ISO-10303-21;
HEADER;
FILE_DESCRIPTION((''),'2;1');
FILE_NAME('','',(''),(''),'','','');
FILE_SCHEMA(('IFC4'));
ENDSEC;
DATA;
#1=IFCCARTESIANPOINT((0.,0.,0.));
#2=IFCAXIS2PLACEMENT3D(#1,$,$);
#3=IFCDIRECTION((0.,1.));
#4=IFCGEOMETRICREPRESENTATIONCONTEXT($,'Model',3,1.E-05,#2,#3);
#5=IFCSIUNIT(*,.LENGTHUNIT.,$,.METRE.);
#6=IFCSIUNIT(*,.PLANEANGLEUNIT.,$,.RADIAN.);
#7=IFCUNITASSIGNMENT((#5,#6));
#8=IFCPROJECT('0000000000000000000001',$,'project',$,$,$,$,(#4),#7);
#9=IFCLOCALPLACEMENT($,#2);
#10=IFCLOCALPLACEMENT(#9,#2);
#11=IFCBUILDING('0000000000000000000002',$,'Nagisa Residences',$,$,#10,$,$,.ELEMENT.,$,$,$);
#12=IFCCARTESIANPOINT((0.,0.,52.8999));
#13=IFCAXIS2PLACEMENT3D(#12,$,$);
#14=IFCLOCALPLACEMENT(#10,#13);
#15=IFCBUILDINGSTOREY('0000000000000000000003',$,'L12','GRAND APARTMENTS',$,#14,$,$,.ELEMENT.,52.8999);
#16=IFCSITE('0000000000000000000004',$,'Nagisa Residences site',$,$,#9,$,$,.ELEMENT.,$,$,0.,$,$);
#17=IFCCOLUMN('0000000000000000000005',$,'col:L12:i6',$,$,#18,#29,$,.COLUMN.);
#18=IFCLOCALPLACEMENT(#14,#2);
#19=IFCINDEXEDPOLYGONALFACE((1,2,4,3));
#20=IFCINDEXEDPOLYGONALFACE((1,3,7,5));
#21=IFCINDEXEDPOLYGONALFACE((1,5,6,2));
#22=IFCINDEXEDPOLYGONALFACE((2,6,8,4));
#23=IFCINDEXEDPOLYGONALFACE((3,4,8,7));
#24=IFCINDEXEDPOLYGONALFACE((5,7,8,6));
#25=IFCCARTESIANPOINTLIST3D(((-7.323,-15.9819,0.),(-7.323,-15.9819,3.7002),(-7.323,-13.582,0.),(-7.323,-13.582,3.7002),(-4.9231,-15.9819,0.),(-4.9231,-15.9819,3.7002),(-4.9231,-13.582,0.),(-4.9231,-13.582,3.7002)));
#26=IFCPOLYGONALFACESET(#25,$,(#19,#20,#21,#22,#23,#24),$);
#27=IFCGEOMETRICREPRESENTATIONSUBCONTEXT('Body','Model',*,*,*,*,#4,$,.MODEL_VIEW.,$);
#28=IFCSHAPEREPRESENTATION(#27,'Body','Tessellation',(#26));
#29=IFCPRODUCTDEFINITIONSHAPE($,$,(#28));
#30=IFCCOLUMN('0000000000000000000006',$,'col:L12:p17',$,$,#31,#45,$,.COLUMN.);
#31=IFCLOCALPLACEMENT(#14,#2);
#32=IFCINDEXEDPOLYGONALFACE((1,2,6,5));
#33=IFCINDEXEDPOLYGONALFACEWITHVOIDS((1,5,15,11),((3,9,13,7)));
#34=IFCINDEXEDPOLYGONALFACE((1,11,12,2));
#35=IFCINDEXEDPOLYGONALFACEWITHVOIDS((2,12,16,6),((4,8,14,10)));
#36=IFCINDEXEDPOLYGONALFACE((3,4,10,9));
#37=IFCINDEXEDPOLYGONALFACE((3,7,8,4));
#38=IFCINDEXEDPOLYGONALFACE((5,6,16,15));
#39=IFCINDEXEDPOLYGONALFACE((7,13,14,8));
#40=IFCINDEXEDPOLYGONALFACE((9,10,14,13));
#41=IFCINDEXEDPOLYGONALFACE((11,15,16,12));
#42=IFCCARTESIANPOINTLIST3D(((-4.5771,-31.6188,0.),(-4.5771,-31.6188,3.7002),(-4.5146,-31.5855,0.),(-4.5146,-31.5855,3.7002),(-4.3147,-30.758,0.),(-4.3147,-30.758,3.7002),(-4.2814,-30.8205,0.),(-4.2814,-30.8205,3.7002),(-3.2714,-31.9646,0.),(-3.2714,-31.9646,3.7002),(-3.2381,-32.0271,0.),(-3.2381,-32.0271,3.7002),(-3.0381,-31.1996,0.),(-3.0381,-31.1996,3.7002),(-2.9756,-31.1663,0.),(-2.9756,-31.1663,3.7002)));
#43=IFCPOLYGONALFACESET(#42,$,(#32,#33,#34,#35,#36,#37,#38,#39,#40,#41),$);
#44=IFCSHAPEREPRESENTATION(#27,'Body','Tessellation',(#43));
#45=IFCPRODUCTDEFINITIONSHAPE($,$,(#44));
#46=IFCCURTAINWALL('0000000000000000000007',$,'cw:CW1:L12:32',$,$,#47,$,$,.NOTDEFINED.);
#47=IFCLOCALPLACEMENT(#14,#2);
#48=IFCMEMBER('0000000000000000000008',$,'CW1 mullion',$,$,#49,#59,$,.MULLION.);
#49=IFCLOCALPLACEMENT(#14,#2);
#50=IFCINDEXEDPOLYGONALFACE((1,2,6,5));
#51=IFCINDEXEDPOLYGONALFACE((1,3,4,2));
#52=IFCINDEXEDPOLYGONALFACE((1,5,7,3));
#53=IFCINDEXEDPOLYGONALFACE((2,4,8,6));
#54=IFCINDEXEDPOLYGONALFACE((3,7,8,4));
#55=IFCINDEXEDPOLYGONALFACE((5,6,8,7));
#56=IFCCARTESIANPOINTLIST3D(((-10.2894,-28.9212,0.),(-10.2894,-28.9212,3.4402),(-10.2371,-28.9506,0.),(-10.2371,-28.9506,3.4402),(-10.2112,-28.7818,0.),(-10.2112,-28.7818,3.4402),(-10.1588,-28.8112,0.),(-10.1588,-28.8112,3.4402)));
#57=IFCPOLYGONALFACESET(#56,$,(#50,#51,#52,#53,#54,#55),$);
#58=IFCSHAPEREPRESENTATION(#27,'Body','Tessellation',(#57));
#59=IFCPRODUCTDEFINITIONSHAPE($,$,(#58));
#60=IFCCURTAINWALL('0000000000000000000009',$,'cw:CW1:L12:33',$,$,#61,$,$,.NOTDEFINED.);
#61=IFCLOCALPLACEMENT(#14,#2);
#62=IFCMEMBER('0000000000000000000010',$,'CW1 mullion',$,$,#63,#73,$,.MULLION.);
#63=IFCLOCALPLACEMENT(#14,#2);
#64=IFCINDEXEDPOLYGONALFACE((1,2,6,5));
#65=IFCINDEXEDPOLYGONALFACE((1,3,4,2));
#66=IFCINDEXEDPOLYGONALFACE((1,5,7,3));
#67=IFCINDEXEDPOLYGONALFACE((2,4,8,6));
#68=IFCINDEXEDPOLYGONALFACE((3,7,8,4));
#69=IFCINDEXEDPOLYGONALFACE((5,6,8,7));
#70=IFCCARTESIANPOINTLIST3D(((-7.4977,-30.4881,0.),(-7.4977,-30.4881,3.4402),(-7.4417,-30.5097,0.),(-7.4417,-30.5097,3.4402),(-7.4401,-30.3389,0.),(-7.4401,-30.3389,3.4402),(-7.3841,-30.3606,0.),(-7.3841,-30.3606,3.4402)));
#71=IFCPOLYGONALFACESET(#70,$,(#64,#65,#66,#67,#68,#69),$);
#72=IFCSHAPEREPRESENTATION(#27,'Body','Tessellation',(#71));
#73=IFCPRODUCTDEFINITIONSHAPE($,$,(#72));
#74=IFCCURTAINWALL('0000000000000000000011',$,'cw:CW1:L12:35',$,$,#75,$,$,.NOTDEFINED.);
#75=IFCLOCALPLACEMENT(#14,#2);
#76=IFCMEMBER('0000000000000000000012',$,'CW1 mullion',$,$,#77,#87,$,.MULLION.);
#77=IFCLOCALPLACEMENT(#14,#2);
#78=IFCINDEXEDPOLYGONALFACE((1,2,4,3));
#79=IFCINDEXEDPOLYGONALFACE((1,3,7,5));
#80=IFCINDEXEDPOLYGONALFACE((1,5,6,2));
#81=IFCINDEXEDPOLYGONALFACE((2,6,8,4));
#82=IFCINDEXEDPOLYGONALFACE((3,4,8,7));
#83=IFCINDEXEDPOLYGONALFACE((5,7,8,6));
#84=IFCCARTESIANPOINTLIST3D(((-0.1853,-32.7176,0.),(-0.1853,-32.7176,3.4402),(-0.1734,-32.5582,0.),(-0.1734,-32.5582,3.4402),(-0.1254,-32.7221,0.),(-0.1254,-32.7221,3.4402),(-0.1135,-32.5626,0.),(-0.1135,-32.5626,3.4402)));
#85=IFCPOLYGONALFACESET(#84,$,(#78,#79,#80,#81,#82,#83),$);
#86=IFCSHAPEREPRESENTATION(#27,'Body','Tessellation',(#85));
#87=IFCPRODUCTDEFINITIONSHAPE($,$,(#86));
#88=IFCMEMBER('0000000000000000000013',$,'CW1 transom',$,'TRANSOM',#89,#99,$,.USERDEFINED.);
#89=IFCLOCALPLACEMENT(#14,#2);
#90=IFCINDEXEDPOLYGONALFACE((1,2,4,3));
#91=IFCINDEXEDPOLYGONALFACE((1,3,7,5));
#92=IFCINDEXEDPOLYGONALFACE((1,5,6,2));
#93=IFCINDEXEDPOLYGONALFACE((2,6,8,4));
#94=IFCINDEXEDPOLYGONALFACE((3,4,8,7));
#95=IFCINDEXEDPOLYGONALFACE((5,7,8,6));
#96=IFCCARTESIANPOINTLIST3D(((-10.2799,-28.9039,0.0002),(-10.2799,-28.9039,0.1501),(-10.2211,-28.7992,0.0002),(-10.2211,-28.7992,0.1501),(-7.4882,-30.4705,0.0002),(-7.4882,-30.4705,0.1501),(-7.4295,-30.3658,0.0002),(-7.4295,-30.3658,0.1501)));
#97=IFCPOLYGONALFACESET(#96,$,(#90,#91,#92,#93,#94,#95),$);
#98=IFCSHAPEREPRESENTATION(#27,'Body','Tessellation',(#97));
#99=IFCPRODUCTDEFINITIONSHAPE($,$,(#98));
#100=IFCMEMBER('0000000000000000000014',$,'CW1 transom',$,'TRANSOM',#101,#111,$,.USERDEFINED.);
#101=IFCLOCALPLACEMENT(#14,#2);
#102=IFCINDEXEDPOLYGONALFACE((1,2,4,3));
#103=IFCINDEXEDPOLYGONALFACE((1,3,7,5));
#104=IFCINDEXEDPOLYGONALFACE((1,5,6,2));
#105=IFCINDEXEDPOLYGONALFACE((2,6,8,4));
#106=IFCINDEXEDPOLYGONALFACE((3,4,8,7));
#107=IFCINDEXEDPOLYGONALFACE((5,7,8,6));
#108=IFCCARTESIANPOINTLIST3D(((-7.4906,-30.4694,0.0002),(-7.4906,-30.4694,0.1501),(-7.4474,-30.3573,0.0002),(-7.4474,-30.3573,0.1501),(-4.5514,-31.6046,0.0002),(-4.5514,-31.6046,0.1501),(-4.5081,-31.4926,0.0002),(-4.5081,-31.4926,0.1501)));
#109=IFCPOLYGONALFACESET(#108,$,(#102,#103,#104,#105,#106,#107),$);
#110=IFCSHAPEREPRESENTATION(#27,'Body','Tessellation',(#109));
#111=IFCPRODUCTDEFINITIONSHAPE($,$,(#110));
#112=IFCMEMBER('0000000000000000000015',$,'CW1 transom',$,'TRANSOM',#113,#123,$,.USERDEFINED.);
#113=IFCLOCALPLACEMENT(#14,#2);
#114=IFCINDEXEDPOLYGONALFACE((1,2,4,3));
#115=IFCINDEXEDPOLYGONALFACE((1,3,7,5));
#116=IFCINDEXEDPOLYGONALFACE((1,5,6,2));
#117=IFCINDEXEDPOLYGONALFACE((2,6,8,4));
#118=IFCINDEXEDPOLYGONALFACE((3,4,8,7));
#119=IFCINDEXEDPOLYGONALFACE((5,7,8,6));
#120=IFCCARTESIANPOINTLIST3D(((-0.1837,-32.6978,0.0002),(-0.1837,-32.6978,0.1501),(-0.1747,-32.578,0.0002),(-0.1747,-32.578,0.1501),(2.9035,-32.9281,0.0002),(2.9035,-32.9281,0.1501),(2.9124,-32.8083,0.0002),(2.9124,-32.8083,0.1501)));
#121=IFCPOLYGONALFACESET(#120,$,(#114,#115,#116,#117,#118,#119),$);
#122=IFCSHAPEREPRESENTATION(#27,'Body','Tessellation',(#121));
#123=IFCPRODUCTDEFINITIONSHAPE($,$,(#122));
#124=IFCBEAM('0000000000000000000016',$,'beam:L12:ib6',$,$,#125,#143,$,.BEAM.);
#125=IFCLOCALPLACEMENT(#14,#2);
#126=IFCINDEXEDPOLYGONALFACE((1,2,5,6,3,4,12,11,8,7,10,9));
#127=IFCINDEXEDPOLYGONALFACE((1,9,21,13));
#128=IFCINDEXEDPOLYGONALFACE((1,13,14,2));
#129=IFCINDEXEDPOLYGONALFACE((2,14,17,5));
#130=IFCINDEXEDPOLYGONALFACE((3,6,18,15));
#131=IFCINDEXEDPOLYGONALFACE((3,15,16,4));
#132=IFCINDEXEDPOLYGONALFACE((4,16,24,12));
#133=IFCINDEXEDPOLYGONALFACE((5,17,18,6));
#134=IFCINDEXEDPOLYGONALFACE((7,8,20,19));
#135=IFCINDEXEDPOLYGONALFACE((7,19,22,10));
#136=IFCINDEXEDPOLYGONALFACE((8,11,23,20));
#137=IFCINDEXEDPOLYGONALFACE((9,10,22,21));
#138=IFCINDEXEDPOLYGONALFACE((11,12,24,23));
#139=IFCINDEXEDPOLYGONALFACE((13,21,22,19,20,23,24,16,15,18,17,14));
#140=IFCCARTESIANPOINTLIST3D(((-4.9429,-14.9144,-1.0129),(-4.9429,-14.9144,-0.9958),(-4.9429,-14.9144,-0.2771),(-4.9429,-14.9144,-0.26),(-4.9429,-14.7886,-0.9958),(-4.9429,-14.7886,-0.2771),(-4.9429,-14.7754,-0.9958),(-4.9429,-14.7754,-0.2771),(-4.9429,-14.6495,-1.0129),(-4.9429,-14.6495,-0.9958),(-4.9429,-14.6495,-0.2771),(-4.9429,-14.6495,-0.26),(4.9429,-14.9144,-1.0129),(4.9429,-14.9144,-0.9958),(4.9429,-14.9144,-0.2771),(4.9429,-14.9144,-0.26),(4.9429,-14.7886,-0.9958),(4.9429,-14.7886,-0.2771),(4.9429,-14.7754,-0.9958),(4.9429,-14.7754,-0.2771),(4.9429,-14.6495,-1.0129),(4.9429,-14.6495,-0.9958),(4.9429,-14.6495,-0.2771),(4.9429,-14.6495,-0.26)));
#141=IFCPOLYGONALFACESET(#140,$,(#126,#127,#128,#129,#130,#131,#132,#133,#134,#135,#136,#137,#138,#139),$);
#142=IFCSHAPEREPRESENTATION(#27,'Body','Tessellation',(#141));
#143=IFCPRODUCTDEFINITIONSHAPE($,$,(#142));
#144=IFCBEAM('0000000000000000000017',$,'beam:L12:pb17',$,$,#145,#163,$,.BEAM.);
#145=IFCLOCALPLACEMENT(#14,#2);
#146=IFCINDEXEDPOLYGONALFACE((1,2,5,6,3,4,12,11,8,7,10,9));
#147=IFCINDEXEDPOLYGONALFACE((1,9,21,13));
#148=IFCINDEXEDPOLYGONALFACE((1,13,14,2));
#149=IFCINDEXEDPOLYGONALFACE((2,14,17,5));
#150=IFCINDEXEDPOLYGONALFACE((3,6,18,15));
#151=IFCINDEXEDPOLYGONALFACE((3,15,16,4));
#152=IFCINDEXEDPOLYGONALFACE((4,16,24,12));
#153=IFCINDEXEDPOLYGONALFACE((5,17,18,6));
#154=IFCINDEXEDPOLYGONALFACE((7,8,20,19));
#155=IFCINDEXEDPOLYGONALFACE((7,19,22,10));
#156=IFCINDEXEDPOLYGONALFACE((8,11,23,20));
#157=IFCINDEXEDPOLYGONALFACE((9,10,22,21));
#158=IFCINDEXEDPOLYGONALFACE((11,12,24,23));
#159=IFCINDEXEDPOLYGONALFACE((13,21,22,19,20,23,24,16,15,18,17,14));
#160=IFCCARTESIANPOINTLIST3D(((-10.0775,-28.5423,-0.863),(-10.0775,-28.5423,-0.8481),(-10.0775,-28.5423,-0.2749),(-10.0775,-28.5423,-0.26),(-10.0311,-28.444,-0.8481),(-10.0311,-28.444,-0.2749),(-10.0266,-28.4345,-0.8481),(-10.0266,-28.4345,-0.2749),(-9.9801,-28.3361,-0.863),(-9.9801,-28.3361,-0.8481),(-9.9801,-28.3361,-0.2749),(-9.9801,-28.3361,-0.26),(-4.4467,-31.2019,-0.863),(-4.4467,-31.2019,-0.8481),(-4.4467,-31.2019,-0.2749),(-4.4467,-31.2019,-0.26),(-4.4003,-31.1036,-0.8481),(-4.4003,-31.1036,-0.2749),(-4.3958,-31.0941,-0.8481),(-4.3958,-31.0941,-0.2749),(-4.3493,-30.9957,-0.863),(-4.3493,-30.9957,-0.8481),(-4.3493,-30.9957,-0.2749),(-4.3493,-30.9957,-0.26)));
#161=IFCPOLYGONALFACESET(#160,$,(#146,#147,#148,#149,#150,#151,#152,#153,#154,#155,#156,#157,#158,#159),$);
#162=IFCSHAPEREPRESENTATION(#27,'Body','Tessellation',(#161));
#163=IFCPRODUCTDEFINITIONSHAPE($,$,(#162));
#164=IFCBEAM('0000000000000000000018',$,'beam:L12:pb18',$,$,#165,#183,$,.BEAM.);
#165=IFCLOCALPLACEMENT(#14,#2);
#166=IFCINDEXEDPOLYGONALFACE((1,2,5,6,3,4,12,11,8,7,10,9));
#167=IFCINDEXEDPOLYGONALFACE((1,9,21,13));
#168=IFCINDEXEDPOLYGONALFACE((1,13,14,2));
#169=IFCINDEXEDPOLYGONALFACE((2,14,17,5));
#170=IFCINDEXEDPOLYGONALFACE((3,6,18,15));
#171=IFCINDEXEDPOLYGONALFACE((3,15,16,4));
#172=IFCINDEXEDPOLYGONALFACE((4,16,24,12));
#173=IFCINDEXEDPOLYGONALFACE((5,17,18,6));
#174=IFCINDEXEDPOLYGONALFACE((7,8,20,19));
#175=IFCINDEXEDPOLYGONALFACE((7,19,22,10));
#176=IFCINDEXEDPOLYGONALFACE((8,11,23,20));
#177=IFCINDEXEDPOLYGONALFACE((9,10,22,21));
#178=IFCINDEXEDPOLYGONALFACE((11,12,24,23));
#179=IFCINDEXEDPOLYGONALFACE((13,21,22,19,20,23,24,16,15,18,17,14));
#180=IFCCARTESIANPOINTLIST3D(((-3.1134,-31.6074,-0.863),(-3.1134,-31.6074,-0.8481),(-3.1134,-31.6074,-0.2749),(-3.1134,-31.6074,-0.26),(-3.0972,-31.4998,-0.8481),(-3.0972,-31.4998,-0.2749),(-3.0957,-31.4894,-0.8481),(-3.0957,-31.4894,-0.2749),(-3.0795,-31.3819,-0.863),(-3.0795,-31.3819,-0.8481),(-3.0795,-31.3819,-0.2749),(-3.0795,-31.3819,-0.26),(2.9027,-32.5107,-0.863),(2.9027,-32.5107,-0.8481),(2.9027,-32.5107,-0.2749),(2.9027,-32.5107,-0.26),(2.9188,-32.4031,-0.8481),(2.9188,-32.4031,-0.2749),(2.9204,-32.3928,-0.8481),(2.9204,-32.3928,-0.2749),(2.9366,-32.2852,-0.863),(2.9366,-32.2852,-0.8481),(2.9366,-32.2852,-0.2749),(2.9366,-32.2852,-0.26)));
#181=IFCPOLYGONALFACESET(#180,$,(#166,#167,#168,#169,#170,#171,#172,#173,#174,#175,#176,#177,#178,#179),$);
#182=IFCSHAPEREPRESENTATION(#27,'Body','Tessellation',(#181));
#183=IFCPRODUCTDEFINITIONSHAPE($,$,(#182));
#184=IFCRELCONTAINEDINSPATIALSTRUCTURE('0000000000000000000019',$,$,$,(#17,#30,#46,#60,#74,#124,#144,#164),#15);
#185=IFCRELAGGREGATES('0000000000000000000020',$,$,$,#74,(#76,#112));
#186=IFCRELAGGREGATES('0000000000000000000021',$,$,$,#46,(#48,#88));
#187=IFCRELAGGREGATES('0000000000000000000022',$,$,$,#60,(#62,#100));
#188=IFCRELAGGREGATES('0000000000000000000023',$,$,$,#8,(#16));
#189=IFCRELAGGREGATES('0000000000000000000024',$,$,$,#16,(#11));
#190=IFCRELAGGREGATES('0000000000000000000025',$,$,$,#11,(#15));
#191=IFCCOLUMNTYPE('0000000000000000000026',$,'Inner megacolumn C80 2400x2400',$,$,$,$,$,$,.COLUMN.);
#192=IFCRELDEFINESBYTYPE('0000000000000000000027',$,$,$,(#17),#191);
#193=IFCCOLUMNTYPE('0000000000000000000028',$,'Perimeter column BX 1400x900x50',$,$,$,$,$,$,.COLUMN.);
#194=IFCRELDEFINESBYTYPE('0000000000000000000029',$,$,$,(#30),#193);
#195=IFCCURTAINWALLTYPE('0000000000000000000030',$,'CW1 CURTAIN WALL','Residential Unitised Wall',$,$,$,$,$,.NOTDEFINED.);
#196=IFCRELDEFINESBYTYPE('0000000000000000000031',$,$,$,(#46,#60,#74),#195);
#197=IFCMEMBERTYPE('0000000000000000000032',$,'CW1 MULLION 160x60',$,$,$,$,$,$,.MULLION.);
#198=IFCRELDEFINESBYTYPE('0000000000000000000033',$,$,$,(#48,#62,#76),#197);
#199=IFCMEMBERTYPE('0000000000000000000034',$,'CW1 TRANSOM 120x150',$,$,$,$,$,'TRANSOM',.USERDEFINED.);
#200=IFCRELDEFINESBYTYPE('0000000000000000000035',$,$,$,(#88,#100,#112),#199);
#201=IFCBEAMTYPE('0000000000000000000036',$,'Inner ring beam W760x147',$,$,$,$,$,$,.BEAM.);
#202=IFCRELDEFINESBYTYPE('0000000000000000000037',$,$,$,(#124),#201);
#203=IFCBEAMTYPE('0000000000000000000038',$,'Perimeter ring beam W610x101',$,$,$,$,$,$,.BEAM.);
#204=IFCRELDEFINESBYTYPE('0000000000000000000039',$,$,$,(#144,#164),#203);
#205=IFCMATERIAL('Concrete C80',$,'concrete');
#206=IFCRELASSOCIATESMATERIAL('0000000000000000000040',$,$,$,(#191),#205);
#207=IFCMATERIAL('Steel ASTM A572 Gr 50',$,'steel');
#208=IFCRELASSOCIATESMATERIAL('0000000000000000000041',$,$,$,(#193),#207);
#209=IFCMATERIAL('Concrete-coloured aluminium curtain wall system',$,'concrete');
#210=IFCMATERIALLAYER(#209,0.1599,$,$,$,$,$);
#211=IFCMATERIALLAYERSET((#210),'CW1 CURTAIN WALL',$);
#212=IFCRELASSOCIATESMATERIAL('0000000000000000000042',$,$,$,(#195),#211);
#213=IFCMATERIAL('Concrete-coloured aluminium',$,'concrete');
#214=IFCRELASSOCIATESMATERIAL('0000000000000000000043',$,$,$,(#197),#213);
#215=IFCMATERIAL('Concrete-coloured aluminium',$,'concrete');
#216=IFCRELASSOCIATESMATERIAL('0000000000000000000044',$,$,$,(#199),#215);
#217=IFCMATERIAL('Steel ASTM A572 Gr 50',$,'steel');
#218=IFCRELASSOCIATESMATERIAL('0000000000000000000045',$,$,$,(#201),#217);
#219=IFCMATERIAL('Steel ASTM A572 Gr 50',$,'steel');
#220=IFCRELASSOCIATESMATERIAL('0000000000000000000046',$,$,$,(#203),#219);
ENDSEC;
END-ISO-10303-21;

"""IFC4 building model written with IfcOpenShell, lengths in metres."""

from ifc_helpers import new_model, si_unit, direction, frame, origin, origin_2d, place, context, subcontext, project, spatial, rectangle, hollow_rectangle, i_section, extrude, material, layer, layer_set, material_profile, profile_set, type_object, element, aggregate, save


model = new_model("IFC4")

# Units and contexts
model_context = context("Model", 3, precision=1e-05, world=origin(), true_north=direction((0.0, 1.0)))
body_context = subcontext(model_context, "Body", "Model", "MODEL_VIEW")
ifc_project = project(units=[si_unit("LENGTHUNIT", "METRE"), si_unit("PLANEANGLEUNIT", "RADIAN")], contexts=[model_context])

# Site, building, storey
site_placement = place(None, origin())
site = spatial("IfcSite", under=ifc_project, at=site_placement, Name="Nagisa Residences site", CompositionType="ELEMENT", RefElevation=0.0)
building_placement = place(site_placement, origin())
building = spatial("IfcBuilding", under=site, at=building_placement, Name="Nagisa Residences", CompositionType="ELEMENT")
storey_placement = place(building_placement, frame((0.0, 0.0, 52.8999)))
storey = spatial("IfcBuildingStorey", under=building, at=storey_placement, Name="L12", Description="GRAND APARTMENTS", CompositionType="ELEMENT", Elevation=52.8999)

# Columns
ifc_material_1 = material(Name="Concrete C80", Category="concrete")
ifc_material_profile_1 = material_profile(ifc_material_1, rectangle(XDim=2.3999, YDim=2.3999, at=origin_2d()), Name="C80 2400x2400")
ifc_profile_set_1 = profile_set([ifc_material_profile_1], Name="Concrete C80")
column_type_1 = type_object("IfcColumnType", Name="Inner megacolumn C80 2400x2400", PredefinedType="COLUMN", material=ifc_profile_set_1)
column_1_placement = place(storey_placement, frame((-6.123, -14.782, 0.0), z_axis=(0.0, 0.0, 1.0), x_axis=(1.0, 0.0, 0.0)))
element("IfcColumn", 1, at=column_1_placement, inside=storey, type_object=column_type_1, Name="col:L12:i6", PredefinedType="COLUMN", context=body_context, shape_type="SweptSolid", body=[
    extrude(rectangle(XDim=2.3999, YDim=2.3999, at=origin_2d()), origin(), (0.0, 0.0, 1.0), 3.7002),
])
ifc_material_2 = material(Name="Steel ASTM A572 Gr 50", Category="steel")
ifc_material_profile_2 = material_profile(ifc_material_2, hollow_rectangle(XDim=1.3999, YDim=0.8999, WallThickness=0.05, at=origin_2d()), Name="BX 1400x900x50")
ifc_profile_set_2 = profile_set([ifc_material_profile_2], Name="Steel ASTM A572 Gr 50")
column_type_2 = type_object("IfcColumnType", Name="Perimeter column BX 1400x900x50", PredefinedType="COLUMN", material=ifc_profile_set_2)
column_2_placement = place(storey_placement, frame((-3.7764, -31.3926, 0.0), z_axis=(0.0, 0.0, 1.0), x_axis=(0.956525, -0.291652, 0.0)))
element("IfcColumn", 2, at=column_2_placement, inside=storey, type_object=column_type_2, Name="col:L12:p17", PredefinedType="COLUMN", context=body_context, shape_type="SweptSolid", body=[
    extrude(hollow_rectangle(XDim=1.3999, YDim=0.8999, WallThickness=0.05, at=origin_2d()), origin(), (0.0, 0.0, 1.0), 3.7002),
])

# Curtain walls, members
ifc_material_3 = material(Name="Concrete-coloured aluminium curtain wall system", Category="concrete")
ifc_layer_1 = layer(ifc_material_3, 0.1599)
ifc_layer_set_1 = layer_set([ifc_layer_1], Name="CW1 CURTAIN WALL")
curtain_wall_type = type_object("IfcCurtainWallType", Name="CW1 CURTAIN WALL", Description="Residential Unitised Wall", PredefinedType="NOTDEFINED", material=ifc_layer_set_1)
curtain_wall_1_placement = place(storey_placement, origin())
curtain_wall_1 = element("IfcCurtainWall", 3, at=curtain_wall_1_placement, inside=storey, type_object=curtain_wall_type, Name="cw:CW1:L12:32", PredefinedType="NOTDEFINED")
ifc_material_4 = material(Name="Concrete-coloured aluminium", Category="concrete")
ifc_material_profile_3 = material_profile(ifc_material_4, rectangle(XDim=0.1599, YDim=0.0601, at=origin_2d()), Name="CW1 MULLION 160x60")
ifc_profile_set_3 = profile_set([ifc_material_profile_3], Name="Concrete-coloured aluminium")
member_type_1 = type_object("IfcMemberType", Name="CW1 MULLION 160x60", PredefinedType="MULLION", material=ifc_profile_set_3)
member_1_placement = place(storey_placement, frame((-10.2241, -28.8662, 0.0), z_axis=(0.0, 0.0, 1.0), x_axis=(0.489377, 0.872072, 0.0)))
member_1 = element("IfcMember", 4, at=member_1_placement, type_object=member_type_1, Name="CW1 mullion", PredefinedType="MULLION", context=body_context, shape_type="SweptSolid", body=[
    extrude(rectangle(XDim=0.1599, YDim=0.0601, at=origin_2d()), origin(), (0.0, 0.0, 1.0), 3.4402),
])
curtain_wall_2_placement = place(storey_placement, origin())
curtain_wall_2 = element("IfcCurtainWall", 5, at=curtain_wall_2_placement, inside=storey, type_object=curtain_wall_type, Name="cw:CW1:L12:33", PredefinedType="NOTDEFINED")
member_2_placement = place(storey_placement, frame((-7.4409, -30.4243, 0.0), z_axis=(0.0, 0.0, 1.0), x_axis=(0.360328, 0.932826, 0.0)))
member_2 = element("IfcMember", 6, at=member_2_placement, type_object=member_type_1, Name="CW1 mullion", PredefinedType="MULLION", context=body_context, shape_type="SweptSolid", body=[
    extrude(rectangle(XDim=0.1599, YDim=0.0601, at=origin_2d()), origin(), (0.0, 0.0, 1.0), 3.4402),
])
curtain_wall_3_placement = place(storey_placement, origin())
curtain_wall_3 = element("IfcCurtainWall", 7, at=curtain_wall_3_placement, inside=storey, type_object=curtain_wall_type, Name="cw:CW1:L12:35", PredefinedType="NOTDEFINED")
member_3_placement = place(storey_placement, frame((-0.1494, -32.6401, 0.0), z_axis=(0.0, 0.0, 1.0), x_axis=(0.074377, 0.99723, 0.0)))
member_3 = element("IfcMember", 8, at=member_3_placement, type_object=member_type_1, Name="CW1 mullion", PredefinedType="MULLION", context=body_context, shape_type="SweptSolid", body=[
    extrude(rectangle(XDim=0.1599, YDim=0.0601, at=origin_2d()), origin(), (0.0, 0.0, 1.0), 3.4402),
])

# Members
ifc_material_5 = material(Name="Concrete-coloured aluminium", Category="concrete")
ifc_material_profile_4 = material_profile(ifc_material_5, rectangle(XDim=0.1201, YDim=0.1499, at=origin_2d()), Name="CW1 TRANSOM 120x150")
ifc_profile_set_4 = profile_set([ifc_material_profile_4], Name="Concrete-coloured aluminium")
member_type_2 = type_object("IfcMemberType", Name="CW1 TRANSOM 120x150", ElementType="TRANSOM", PredefinedType="USERDEFINED", material=ifc_profile_set_4)
member_4_placement = place(storey_placement, frame((-10.2505, -28.8516, 0.0752), z_axis=(0.87207, -0.489381, 0.0), x_axis=(0.489381, 0.87207, 0.0)))
member_4 = element("IfcMember", 9, at=member_4_placement, type_object=member_type_2, Name="CW1 transom", ObjectType="TRANSOM", PredefinedType="USERDEFINED", context=body_context, shape_type="SweptSolid", body=[
    extrude(rectangle(XDim=0.1201, YDim=0.1499, at=origin_2d()), origin(), (0.0, 0.0, 1.0), 3.2012),
])
member_5_placement = place(storey_placement, frame((-7.469, -30.4133, 0.0752), z_axis=(0.932835, -0.360303, 0.0), x_axis=(0.360303, 0.932835, 0.0)))
member_5 = element("IfcMember", 10, at=member_5_placement, type_object=member_type_2, Name="CW1 transom", ObjectType="TRANSOM", PredefinedType="USERDEFINED", context=body_context, shape_type="SweptSolid", body=[
    extrude(rectangle(XDim=0.1201, YDim=0.1499, at=origin_2d()), origin(), (0.0, 0.0, 1.0), 3.1509),
])
member_6_placement = place(storey_placement, frame((-0.1792, -32.6379, 0.0752), z_axis=(0.997231, -0.074368, 0.0), x_axis=(0.074368, 0.997231, 0.0)))
member_6 = element("IfcMember", 11, at=member_6_placement, type_object=member_type_2, Name="CW1 transom", ObjectType="TRANSOM", PredefinedType="USERDEFINED", context=body_context, shape_type="SweptSolid", body=[
    extrude(rectangle(XDim=0.1201, YDim=0.1499, at=origin_2d()), origin(), (0.0, 0.0, 1.0), 3.0957),
])
aggregate(curtain_wall_3, [member_3, member_6])

# Beams
ifc_material_6 = material(Name="Steel ASTM A572 Gr 50", Category="steel")
ifc_material_profile_5 = material_profile(ifc_material_6, i_section(OverallWidth=0.2649, OverallDepth=0.7529, WebThickness=0.0132, FlangeThickness=0.0171, at=origin_2d()), Name="W760x147")
ifc_profile_set_5 = profile_set([ifc_material_profile_5], Name="Steel ASTM A572 Gr 50")
beam_type_1 = type_object("IfcBeamType", Name="Inner ring beam W760x147", PredefinedType="BEAM", material=ifc_profile_set_5)
beam_1_placement = place(storey_placement, frame((-4.9429, -14.782, -0.6365), z_axis=(1.0, 0.0, 0.0), x_axis=(0.0, 1.0, 0.0)))
element("IfcBeam", 12, at=beam_1_placement, inside=storey, type_object=beam_type_1, Name="beam:L12:ib6", PredefinedType="BEAM", context=body_context, shape_type="SweptSolid", body=[
    extrude(i_section(OverallWidth=0.2649, OverallDepth=0.7529, WebThickness=0.0132, FlangeThickness=0.0171, at=origin_2d()), origin(), (0.0, 0.0, 1.0), 9.8857),
])
ifc_material_7 = material(Name="Steel ASTM A572 Gr 50", Category="steel")
ifc_material_profile_6 = material_profile(ifc_material_7, i_section(OverallWidth=0.228, OverallDepth=0.603, WebThickness=0.0105, FlangeThickness=0.0149, at=origin_2d()), Name="W610x101")
ifc_profile_set_6 = profile_set([ifc_material_profile_6], Name="Steel ASTM A572 Gr 50")
beam_type_2 = type_object("IfcBeamType", Name="Perimeter ring beam W610x101", PredefinedType="BEAM", material=ifc_profile_set_6)
beam_2_placement = place(storey_placement, frame((-10.0288, -28.4392, -0.5615), z_axis=(0.904208, -0.427092, 0.0), x_axis=(0.427092, 0.904208, 0.0)))
element("IfcBeam", 13, at=beam_2_placement, inside=storey, type_object=beam_type_2, Name="beam:L12:pb17", PredefinedType="BEAM", context=body_context, shape_type="SweptSolid", body=[
    extrude(i_section(OverallWidth=0.228, OverallDepth=0.603, WebThickness=0.0105, FlangeThickness=0.0149, at=origin_2d()), origin(), (0.0, 0.0, 1.0), 6.2273),
])
beam_3_placement = place(storey_placement, frame((-3.0964, -31.4946, -0.5615), z_axis=(0.988915, -0.148486, 0.0), x_axis=(0.148486, 0.988915, 0.0)))
element("IfcBeam", 14, at=beam_3_placement, inside=storey, type_object=beam_type_2, Name="beam:L12:pb18", PredefinedType="BEAM", context=body_context, shape_type="SweptSolid", body=[
    extrude(i_section(OverallWidth=0.228, OverallDepth=0.603, WebThickness=0.0105, FlangeThickness=0.0149, at=origin_2d()), origin(), (0.0, 0.0, 1.0), 6.0835),
])

aggregate(curtain_wall_1, [member_1, member_4])
aggregate(curtain_wall_2, [member_2, member_5])

save(model, "model.ifc")
